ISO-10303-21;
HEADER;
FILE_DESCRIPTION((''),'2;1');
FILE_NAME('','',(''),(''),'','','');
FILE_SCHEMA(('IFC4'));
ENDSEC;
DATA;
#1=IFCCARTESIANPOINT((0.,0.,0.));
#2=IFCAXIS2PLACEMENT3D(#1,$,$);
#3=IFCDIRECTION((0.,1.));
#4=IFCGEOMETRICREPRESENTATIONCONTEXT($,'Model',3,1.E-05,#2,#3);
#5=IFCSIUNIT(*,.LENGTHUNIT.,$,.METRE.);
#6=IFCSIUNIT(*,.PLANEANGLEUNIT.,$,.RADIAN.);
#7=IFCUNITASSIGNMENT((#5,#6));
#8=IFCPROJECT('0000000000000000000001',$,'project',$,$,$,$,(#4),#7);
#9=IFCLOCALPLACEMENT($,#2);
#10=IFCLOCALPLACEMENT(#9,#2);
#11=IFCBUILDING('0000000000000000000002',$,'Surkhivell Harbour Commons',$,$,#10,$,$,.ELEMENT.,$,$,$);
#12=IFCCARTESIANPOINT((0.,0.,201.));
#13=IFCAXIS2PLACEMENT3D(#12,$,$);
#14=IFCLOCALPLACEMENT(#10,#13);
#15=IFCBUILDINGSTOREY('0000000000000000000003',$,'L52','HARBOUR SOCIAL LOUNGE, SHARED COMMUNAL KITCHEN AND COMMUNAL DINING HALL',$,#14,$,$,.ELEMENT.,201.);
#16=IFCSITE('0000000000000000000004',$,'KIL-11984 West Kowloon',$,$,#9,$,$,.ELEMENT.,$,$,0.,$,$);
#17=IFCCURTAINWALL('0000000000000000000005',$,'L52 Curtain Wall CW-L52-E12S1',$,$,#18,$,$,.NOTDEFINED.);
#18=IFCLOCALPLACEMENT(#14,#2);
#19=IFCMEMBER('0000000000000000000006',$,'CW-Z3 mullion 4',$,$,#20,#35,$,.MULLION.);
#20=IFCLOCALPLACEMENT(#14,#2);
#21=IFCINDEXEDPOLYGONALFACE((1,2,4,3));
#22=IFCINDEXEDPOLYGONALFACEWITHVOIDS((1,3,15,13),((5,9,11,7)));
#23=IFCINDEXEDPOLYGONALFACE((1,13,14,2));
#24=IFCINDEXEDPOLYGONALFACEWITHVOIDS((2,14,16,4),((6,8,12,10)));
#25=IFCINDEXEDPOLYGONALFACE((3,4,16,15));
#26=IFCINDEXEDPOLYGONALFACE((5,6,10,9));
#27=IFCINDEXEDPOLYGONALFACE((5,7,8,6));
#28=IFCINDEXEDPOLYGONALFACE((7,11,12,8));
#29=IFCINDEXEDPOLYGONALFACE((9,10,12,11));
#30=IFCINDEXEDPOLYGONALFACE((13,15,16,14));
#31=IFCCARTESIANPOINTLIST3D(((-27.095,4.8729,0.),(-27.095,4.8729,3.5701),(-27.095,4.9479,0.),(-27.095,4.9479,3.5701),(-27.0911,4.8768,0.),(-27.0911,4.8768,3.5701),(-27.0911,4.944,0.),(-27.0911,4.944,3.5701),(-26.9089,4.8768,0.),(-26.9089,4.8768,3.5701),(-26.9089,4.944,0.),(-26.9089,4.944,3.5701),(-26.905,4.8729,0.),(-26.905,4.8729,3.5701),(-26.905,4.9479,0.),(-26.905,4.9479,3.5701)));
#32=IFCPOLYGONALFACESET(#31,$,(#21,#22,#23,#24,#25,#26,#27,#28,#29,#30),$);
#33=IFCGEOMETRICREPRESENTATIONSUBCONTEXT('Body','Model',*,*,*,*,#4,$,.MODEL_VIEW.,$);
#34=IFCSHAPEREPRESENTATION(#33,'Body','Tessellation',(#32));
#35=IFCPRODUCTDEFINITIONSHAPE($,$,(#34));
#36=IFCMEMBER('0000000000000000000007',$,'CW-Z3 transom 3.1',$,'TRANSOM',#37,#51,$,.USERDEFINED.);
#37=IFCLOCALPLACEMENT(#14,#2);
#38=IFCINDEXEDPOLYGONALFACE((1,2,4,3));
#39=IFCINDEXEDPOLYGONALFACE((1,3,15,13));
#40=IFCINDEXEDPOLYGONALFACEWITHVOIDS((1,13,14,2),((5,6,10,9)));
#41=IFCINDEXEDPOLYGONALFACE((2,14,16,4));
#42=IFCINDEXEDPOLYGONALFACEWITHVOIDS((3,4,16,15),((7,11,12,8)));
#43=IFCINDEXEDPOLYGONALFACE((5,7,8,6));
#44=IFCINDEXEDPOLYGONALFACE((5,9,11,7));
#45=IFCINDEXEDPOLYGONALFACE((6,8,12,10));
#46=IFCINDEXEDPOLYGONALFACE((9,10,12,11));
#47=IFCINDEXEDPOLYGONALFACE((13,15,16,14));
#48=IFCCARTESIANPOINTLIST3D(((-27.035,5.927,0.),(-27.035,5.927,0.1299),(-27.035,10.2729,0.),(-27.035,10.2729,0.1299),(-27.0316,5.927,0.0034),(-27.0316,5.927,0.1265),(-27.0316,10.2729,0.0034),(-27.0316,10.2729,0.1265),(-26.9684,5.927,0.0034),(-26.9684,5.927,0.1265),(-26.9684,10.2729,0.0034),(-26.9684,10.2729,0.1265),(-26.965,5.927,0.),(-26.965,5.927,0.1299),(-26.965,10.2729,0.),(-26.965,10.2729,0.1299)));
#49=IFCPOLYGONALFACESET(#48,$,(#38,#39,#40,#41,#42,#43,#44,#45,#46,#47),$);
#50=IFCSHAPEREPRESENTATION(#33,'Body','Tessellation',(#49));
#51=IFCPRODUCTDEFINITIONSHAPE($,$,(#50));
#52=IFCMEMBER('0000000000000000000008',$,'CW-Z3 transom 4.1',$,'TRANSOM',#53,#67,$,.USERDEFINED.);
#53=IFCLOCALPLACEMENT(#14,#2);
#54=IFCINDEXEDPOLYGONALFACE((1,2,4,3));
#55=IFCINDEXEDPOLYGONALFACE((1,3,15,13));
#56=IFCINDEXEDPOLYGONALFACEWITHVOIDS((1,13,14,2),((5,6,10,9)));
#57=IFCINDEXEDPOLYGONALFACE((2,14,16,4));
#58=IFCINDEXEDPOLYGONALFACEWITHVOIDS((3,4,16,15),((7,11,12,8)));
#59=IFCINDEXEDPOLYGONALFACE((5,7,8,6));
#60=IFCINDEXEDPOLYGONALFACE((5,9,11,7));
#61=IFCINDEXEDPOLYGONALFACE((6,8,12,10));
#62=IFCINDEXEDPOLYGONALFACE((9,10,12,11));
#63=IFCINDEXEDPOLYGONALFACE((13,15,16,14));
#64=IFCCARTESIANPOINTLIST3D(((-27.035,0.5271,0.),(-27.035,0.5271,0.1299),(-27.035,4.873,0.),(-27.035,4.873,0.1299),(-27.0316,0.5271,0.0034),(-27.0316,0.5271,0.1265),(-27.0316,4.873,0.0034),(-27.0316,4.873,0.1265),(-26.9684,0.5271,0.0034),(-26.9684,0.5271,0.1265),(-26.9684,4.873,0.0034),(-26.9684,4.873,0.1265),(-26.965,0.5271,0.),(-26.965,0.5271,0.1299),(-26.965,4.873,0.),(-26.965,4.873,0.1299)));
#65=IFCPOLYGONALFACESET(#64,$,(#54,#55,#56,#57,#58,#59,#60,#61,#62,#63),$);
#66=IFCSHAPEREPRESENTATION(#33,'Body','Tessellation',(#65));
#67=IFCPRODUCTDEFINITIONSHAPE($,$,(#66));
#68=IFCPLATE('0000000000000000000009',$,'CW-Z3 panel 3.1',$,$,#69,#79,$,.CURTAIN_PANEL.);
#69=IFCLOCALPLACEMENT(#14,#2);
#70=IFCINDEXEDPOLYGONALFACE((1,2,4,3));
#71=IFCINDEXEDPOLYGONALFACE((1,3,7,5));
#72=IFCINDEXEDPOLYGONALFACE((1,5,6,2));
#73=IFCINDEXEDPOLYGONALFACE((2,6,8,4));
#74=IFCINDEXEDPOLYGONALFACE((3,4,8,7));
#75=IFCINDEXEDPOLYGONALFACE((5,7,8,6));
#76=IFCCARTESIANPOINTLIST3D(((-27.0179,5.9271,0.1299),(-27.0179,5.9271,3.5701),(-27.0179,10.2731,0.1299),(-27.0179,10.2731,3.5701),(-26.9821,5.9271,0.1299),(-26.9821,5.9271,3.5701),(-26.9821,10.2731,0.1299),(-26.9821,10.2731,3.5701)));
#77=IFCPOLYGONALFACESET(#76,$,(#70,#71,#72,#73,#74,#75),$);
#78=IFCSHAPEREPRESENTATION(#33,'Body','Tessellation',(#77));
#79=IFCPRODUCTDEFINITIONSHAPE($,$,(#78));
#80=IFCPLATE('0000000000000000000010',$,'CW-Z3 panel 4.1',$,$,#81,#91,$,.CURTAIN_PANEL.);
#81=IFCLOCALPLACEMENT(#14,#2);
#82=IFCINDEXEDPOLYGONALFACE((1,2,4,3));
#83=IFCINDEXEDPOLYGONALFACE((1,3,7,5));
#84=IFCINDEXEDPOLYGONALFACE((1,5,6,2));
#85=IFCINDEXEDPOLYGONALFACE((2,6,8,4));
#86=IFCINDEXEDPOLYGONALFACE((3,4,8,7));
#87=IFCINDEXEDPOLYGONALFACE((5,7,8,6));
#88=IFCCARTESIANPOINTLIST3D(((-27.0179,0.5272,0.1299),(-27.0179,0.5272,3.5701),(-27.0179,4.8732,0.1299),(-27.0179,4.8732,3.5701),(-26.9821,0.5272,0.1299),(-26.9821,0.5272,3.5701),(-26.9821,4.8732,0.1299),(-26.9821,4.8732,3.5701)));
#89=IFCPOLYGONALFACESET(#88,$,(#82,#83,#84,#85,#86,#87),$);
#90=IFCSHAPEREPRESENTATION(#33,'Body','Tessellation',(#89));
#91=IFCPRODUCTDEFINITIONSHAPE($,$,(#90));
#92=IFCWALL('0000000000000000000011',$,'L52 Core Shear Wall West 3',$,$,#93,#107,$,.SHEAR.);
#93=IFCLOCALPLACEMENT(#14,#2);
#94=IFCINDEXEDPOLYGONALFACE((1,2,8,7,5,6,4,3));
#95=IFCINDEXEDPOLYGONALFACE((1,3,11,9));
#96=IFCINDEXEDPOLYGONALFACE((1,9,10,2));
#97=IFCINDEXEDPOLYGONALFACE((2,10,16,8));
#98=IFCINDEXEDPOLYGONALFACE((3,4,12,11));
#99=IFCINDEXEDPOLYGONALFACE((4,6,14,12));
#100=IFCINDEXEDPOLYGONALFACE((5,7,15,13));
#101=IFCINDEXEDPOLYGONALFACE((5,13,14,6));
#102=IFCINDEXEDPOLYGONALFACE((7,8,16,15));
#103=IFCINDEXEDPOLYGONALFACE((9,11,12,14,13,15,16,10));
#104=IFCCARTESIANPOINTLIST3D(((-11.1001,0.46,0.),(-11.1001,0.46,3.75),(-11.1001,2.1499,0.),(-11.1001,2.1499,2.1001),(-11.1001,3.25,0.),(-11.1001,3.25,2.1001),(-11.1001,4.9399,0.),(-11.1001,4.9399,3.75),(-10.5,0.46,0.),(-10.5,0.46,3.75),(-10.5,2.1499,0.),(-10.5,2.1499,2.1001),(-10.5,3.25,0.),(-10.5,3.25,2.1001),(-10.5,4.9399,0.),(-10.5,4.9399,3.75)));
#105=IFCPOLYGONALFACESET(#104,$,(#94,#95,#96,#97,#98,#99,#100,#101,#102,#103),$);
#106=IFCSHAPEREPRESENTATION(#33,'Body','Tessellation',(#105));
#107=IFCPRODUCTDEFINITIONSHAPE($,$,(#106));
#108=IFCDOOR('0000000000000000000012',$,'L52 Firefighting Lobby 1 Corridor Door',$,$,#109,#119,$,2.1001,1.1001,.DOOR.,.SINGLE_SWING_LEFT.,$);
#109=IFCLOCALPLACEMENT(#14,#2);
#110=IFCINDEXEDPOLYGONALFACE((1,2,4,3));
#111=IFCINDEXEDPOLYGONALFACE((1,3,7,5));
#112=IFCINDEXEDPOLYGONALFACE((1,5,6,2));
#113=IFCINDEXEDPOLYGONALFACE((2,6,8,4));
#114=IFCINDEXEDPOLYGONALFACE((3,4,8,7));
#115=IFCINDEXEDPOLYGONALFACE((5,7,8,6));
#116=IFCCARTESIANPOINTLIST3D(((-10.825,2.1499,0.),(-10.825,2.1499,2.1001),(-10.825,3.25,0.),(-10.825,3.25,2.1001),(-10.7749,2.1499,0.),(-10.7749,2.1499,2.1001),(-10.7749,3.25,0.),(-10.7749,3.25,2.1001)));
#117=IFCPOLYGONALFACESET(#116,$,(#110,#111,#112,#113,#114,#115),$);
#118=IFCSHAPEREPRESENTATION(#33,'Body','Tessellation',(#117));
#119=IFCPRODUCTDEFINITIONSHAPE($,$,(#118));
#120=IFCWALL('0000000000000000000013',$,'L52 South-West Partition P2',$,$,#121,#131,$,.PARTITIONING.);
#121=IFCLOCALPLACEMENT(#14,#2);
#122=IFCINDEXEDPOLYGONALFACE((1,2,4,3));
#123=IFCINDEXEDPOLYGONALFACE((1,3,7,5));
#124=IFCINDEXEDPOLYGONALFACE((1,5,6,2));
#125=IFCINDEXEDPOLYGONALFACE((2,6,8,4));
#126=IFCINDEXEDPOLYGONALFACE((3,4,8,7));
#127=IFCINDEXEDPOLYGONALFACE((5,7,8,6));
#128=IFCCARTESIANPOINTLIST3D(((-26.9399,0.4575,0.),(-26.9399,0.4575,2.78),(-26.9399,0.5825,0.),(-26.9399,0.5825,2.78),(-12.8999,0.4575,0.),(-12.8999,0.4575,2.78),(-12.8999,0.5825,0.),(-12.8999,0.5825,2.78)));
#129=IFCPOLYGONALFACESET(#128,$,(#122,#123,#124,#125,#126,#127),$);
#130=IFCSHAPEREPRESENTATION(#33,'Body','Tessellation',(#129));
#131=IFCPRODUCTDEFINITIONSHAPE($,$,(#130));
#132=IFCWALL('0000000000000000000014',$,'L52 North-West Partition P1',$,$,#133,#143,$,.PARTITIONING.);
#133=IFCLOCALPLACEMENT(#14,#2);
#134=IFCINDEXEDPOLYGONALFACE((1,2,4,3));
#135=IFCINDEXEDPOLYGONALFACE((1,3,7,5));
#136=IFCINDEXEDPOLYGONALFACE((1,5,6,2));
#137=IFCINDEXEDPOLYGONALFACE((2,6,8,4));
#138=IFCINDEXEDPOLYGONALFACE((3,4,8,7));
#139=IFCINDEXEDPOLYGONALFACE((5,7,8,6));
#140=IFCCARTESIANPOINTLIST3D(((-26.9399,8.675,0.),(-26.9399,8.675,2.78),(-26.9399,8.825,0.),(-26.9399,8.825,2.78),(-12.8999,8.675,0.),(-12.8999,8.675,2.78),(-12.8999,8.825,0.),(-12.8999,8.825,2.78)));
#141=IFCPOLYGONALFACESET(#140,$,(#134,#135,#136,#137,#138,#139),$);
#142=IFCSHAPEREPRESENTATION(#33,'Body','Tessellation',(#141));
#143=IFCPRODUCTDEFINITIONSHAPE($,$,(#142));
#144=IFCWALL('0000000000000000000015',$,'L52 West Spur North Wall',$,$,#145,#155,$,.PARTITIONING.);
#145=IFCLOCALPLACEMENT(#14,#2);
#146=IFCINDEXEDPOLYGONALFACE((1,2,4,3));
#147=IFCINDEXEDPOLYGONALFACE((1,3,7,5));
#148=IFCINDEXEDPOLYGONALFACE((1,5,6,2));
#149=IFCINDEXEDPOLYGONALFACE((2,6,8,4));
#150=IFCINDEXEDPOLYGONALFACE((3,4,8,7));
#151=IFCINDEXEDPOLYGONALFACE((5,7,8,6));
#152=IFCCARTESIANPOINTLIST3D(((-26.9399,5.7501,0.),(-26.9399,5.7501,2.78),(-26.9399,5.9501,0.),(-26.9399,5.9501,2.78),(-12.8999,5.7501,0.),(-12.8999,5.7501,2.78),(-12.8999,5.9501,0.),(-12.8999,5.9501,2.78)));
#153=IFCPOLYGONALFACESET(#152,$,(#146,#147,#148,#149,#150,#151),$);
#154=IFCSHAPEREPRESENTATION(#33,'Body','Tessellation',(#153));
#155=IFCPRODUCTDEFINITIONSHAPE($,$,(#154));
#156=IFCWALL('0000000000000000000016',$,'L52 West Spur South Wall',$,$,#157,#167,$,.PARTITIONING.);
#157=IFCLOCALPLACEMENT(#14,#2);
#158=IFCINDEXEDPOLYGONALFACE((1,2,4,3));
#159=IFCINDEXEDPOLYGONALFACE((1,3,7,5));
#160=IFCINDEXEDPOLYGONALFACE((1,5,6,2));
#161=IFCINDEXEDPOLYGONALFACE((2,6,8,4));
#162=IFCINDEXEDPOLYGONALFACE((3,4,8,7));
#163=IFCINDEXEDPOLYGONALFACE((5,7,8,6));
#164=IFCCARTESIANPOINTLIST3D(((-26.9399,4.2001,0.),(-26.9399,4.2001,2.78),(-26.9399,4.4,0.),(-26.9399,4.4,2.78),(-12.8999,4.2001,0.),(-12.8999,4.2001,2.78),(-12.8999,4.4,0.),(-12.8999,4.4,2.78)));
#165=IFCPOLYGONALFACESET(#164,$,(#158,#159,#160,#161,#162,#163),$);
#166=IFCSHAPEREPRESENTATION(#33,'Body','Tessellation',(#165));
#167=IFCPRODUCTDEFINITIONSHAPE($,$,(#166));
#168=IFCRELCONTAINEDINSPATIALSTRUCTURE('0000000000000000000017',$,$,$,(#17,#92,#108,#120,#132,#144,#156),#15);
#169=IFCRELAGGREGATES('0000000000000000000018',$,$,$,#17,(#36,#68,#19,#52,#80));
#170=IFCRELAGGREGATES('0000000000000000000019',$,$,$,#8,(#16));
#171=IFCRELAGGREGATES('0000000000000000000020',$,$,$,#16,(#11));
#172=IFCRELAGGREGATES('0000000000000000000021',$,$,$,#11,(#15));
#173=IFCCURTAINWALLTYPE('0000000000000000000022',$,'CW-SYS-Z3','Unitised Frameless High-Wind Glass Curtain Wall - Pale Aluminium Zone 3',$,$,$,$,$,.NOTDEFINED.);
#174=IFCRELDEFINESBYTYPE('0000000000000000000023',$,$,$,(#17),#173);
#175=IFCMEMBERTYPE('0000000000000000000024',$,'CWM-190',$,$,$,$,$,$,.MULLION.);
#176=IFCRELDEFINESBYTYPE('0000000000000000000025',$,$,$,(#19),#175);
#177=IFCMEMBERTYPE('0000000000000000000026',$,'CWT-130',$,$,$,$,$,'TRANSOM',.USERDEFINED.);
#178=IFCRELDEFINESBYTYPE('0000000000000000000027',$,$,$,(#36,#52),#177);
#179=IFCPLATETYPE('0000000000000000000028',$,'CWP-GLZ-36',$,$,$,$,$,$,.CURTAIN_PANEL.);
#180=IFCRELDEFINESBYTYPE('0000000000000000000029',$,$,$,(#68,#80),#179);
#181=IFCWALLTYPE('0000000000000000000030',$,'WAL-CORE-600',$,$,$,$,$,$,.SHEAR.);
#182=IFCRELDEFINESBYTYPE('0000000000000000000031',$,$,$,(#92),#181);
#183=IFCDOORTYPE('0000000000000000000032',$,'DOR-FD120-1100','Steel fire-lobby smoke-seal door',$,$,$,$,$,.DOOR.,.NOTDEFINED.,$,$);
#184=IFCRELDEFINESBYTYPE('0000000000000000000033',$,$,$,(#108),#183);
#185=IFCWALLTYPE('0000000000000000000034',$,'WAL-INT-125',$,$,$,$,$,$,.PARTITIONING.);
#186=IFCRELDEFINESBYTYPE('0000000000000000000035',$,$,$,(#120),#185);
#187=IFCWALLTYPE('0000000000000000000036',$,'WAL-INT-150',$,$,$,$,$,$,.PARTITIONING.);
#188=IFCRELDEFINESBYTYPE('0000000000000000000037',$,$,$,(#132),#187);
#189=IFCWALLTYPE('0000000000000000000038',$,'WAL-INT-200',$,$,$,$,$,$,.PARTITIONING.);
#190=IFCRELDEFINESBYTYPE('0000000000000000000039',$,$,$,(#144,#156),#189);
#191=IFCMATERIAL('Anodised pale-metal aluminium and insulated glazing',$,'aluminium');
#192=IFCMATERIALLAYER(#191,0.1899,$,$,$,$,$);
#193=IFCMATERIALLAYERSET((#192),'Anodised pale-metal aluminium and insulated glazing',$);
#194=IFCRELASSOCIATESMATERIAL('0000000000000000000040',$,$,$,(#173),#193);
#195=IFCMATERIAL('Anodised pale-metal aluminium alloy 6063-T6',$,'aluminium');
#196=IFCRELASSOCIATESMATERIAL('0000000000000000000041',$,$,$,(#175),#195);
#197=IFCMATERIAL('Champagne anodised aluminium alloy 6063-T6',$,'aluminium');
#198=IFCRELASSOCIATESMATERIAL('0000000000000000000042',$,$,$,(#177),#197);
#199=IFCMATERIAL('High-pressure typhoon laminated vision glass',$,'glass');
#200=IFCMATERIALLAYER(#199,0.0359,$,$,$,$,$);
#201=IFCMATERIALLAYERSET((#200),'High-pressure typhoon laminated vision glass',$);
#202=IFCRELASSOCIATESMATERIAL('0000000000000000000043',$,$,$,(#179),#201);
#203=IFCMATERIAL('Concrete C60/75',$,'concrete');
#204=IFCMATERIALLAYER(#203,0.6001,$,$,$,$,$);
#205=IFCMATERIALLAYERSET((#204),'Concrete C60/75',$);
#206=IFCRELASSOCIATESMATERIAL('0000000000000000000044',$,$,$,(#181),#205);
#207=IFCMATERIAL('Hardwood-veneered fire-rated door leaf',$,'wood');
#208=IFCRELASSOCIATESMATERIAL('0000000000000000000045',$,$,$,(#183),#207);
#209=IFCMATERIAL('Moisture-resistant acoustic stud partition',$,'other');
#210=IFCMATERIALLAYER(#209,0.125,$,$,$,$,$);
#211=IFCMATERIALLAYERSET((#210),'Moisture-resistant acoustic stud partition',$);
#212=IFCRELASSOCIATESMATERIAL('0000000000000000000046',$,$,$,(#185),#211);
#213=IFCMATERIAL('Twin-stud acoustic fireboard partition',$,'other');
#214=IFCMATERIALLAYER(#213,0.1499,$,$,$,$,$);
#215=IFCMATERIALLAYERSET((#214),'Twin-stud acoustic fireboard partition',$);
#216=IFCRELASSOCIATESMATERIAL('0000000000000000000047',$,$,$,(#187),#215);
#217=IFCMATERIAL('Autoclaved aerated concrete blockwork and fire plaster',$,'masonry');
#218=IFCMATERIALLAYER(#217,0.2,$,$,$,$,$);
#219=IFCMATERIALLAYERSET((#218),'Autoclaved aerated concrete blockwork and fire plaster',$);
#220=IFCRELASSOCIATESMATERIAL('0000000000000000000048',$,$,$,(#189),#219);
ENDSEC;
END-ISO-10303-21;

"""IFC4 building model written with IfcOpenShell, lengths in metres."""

from ifc_helpers import new_model, si_unit, direction, frame, frame_2d, origin, origin_2d, place, context, subcontext, project, spatial, rectangle, hollow_rectangle, extrude, material, layer, layer_set, material_profile, profile_set, type_object, element, fill, aggregate, save


model = new_model("IFC4")

# Units and contexts
model_context = context("Model", 3, precision=1e-05, world=origin(), true_north=direction((0.0, 1.0)))
body_context = subcontext(model_context, "Body", "Model", "MODEL_VIEW")
ifc_project = project(units=[si_unit("LENGTHUNIT", "METRE"), si_unit("PLANEANGLEUNIT", "RADIAN")], contexts=[model_context])

# Site, building, storey
site_placement = place(None, origin())
site = spatial("IfcSite", under=ifc_project, at=site_placement, Name="KIL-11984 West Kowloon", CompositionType="ELEMENT", RefElevation=0.0)
building_placement = place(site_placement, origin())
building = spatial("IfcBuilding", under=site, at=building_placement, Name="Surkhivell Harbour Commons", CompositionType="ELEMENT")
storey_placement = place(building_placement, frame((0.0, 0.0, 201.0)))
storey = spatial("IfcBuildingStorey", under=building, at=storey_placement, Name="L52", Description="HARBOUR SOCIAL LOUNGE, SHARED COMMUNAL KITCHEN AND COMMUNAL DINING HALL", CompositionType="ELEMENT", Elevation=201.0)

# Shared definitions
ifc_material_1 = material(Name="Concrete C60/75", Category="concrete")

# Curtain wall, members, plates
ifc_material_2 = material(Name="Anodised pale-metal aluminium and insulated glazing", Category="aluminium")
ifc_layer_1 = layer(ifc_material_2, 0.1899)
ifc_layer_set_1 = layer_set([ifc_layer_1], Name="Anodised pale-metal aluminium and insulated glazing")
curtain_wall_type = type_object("IfcCurtainWallType", Name="CW-SYS-Z3", Description="Unitised Frameless High-Wind Glass Curtain Wall - Pale Aluminium Zone 3", PredefinedType="NOTDEFINED", material=ifc_layer_set_1)
curtain_wall_placement = place(storey_placement, origin())
curtain_wall = element("IfcCurtainWall", 1, at=curtain_wall_placement, inside=storey, type_object=curtain_wall_type, Name="L52 Curtain Wall CW-L52-E12S1", PredefinedType="NOTDEFINED")
ifc_material_3 = material(Name="Anodised pale-metal aluminium alloy 6063-T6", Category="aluminium")
ifc_material_profile_1 = material_profile(ifc_material_3, hollow_rectangle(XDim=0.075, YDim=0.1899, WallThickness=0.0039, at=origin_2d()), Name="ALU-MULL-75x190")
ifc_profile_set_1 = profile_set([ifc_material_profile_1], Name="Anodised pale-metal aluminium alloy 6063-T6")
member_type_1 = type_object("IfcMemberType", Name="CWM-190", PredefinedType="MULLION", material=ifc_profile_set_1)
member_1_placement = place(storey_placement, frame((-27.0, 4.9104, 0.0), z_axis=(0.0, 0.0, 1.0), x_axis=(0.0, -1.0, 0.0)))
member_1 = element("IfcMember", 2, at=member_1_placement, type_object=member_type_1, Name="CW-Z3 mullion 4", PredefinedType="MULLION", context=body_context, shape_type="SweptSolid", body=[
    extrude(hollow_rectangle(XDim=0.075, YDim=0.1899, WallThickness=0.0039, at=origin_2d()), origin(), (0.0, 0.0, 1.0), 3.5701),
])
ifc_material_4 = material(Name="Champagne anodised aluminium alloy 6063-T6", Category="aluminium")
ifc_material_profile_2 = material_profile(ifc_material_4, hollow_rectangle(XDim=0.0701, YDim=0.1299, WallThickness=0.0034, at=origin_2d()), Name="ALU-TRAN-70x130")
ifc_profile_set_2 = profile_set([ifc_material_profile_2], Name="Champagne anodised aluminium alloy 6063-T6")
member_type_2 = type_object("IfcMemberType", Name="CWT-130", ElementType="TRANSOM", PredefinedType="USERDEFINED", material=ifc_profile_set_2)
member_2_placement = place(storey_placement, frame((-27.0, 10.2729, 0.0649), z_axis=(0.0, -1.0, 0.0), x_axis=(1.0, 0.0, 0.0)))
member_2 = element("IfcMember", 3, at=member_2_placement, type_object=member_type_2, Name="CW-Z3 transom 3.1", ObjectType="TRANSOM", PredefinedType="USERDEFINED", context=body_context, shape_type="SweptSolid", body=[
    extrude(hollow_rectangle(XDim=0.0701, YDim=0.1299, WallThickness=0.0034, at=origin_2d()), origin(), (0.0, 0.0, 1.0), 4.3459),
])
member_3_placement = place(storey_placement, frame((-27.0, 4.873, 0.0649), z_axis=(0.0, -1.0, 0.0), x_axis=(1.0, 0.0, 0.0)))
member_3 = element("IfcMember", 4, at=member_3_placement, type_object=member_type_2, Name="CW-Z3 transom 4.1", ObjectType="TRANSOM", PredefinedType="USERDEFINED", context=body_context, shape_type="SweptSolid", body=[
    extrude(hollow_rectangle(XDim=0.0701, YDim=0.1299, WallThickness=0.0034, at=origin_2d()), origin(), (0.0, 0.0, 1.0), 4.3459),
])
ifc_material_5 = material(Name="High-pressure typhoon laminated vision glass", Category="glass")
ifc_layer_2 = layer(ifc_material_5, 0.0359)
ifc_layer_set_2 = layer_set([ifc_layer_2], Name="High-pressure typhoon laminated vision glass")
plate_type = type_object("IfcPlateType", Name="CWP-GLZ-36", PredefinedType="CURTAIN_PANEL", material=ifc_layer_set_2)
plate_1_placement = place(storey_placement, frame((-27.0, 10.2729, 0.1299), z_axis=(0.0, 0.0, 1.0), x_axis=(0.0, -1.0, 0.0)))
plate_1 = element("IfcPlate", 5, at=plate_1_placement, type_object=plate_type, Name="CW-Z3 panel 3.1", PredefinedType="CURTAIN_PANEL", context=body_context, shape_type="SweptSolid", body=[
    extrude(rectangle(XDim=4.3459, YDim=0.0359, at=frame_2d((2.1729, 0.0))), origin(), (0.0, 0.0, 1.0), 3.4402),
])
plate_2_placement = place(storey_placement, frame((-27.0, 4.873, 0.1299), z_axis=(0.0, 0.0, 1.0), x_axis=(0.0, -1.0, 0.0)))
plate_2 = element("IfcPlate", 6, at=plate_2_placement, type_object=plate_type, Name="CW-Z3 panel 4.1", PredefinedType="CURTAIN_PANEL", context=body_context, shape_type="SweptSolid", body=[
    extrude(rectangle(XDim=4.3459, YDim=0.0359, at=frame_2d((2.1729, 0.0))), origin(), (0.0, 0.0, 1.0), 3.4402),
])
aggregate(curtain_wall, [member_2, plate_1, member_1, member_3, plate_2])

# Wall, opening, door
ifc_layer_3 = layer(ifc_material_1, 0.6001)
ifc_layer_set_3 = layer_set([ifc_layer_3], Name="Concrete C60/75")
wall_type_1 = type_object("IfcWallType", Name="WAL-CORE-600", PredefinedType="SHEAR", material=ifc_layer_set_3)
wall_1_placement = place(storey_placement, frame((-10.8, 0.46, 0.0), z_axis=(0.0, 0.0, 1.0), x_axis=(0.0, 1.0, 0.0)))
wall_1 = element("IfcWall", 7, at=wall_1_placement, inside=storey, type_object=wall_type_1, Name="L52 Core Shear Wall West 3", PredefinedType="SHEAR", context=body_context, shape_type="SweptSolid", body=[
    extrude(rectangle(XDim=4.48, YDim=0.6001, at=frame_2d((2.24, 0.0))), origin(), (0.0, 0.0, 1.0), 3.75),
])
opening_1_placement = place(wall_1_placement, frame((1.6899, 0.0, 0.0)))
opening_1 = element("IfcOpeningElement", 8, at=opening_1_placement, cuts=wall_1, PredefinedType="OPENING", context=body_context, shape_type="SweptSolid", body=[
    extrude(rectangle(XDim=1.1001, YDim=2.1001, at=frame_2d((0.55, 1.05))), frame((0.0, 0.3101, 0.0), z_axis=(0.0, -1.0, 0.0), x_axis=(1.0, 0.0, 0.0)), (0.0, 0.0, 1.0), 0.6201),
])
ifc_material_6 = material(Name="Hardwood-veneered fire-rated door leaf", Category="wood")
door_type_1 = type_object("IfcDoorType", Name="DOR-FD120-1100", Description="Steel fire-lobby smoke-seal door", OperationType="NOTDEFINED", PredefinedType="DOOR", material=ifc_material_6)
door_1_placement = place(opening_1_placement, origin())
door_1 = element("IfcDoor", 9, at=door_1_placement, inside=storey, type_object=door_type_1, Name="L52 Firefighting Lobby 1 Corridor Door", OperationType="SINGLE_SWING_LEFT", OverallHeight=2.1001, OverallWidth=1.1001, PredefinedType="DOOR", context=body_context, shape_type="SweptSolid", body=[
    extrude(rectangle(XDim=1.1001, YDim=2.1001, at=frame_2d((0.55, 1.05))), frame((0.0, 0.0249, 0.0), z_axis=(0.0, -1.0, 0.0), x_axis=(1.0, 0.0, 0.0)), (0.0, 0.0, 1.0), 0.05),
])
fill(opening_1, door_1)

# Walls
ifc_material_7 = material(Name="Moisture-resistant acoustic stud partition", Category="other")
ifc_layer_4 = layer(ifc_material_7, 0.125)
ifc_layer_set_4 = layer_set([ifc_layer_4], Name="Moisture-resistant acoustic stud partition")
wall_type_2 = type_object("IfcWallType", Name="WAL-INT-125", PredefinedType="PARTITIONING", material=ifc_layer_set_4)
wall_2_placement = place(storey_placement, frame((-26.9399, 0.52, 0.0), z_axis=(0.0, 0.0, 1.0), x_axis=(1.0, 0.0, 0.0)))
element("IfcWall", 10, at=wall_2_placement, inside=storey, type_object=wall_type_2, Name="L52 South-West Partition P2", PredefinedType="PARTITIONING", context=body_context, shape_type="SweptSolid", body=[
    extrude(rectangle(XDim=14.04, YDim=0.125, at=frame_2d((7.02, 0.0))), origin(), (0.0, 0.0, 1.0), 2.78),
])
ifc_material_8 = material(Name="Twin-stud acoustic fireboard partition", Category="other")
ifc_layer_5 = layer(ifc_material_8, 0.1499)
ifc_layer_set_5 = layer_set([ifc_layer_5], Name="Twin-stud acoustic fireboard partition")
wall_type_3 = type_object("IfcWallType", Name="WAL-INT-150", PredefinedType="PARTITIONING", material=ifc_layer_set_5)
wall_3_placement = place(storey_placement, frame((-26.9399, 8.75, 0.0), z_axis=(0.0, 0.0, 1.0), x_axis=(1.0, 0.0, 0.0)))
element("IfcWall", 11, at=wall_3_placement, inside=storey, type_object=wall_type_3, Name="L52 North-West Partition P1", PredefinedType="PARTITIONING", context=body_context, shape_type="SweptSolid", body=[
    extrude(rectangle(XDim=14.04, YDim=0.1499, at=frame_2d((7.02, 0.0))), origin(), (0.0, 0.0, 1.0), 2.78),
])
ifc_material_9 = material(Name="Autoclaved aerated concrete blockwork and fire plaster", Category="masonry")
ifc_layer_6 = layer(ifc_material_9, 0.2)
ifc_layer_set_6 = layer_set([ifc_layer_6], Name="Autoclaved aerated concrete blockwork and fire plaster")
wall_type_4 = type_object("IfcWallType", Name="WAL-INT-200", PredefinedType="PARTITIONING", material=ifc_layer_set_6)
for number, where, z_axis, x_axis, name in (
    (12, (-26.9399, 5.8501, 0.0), (0.0, 0.0, 1.0), (1.0, 0.0, 0.0), "L52 West Spur North Wall"),
    (13, (-26.9399, 4.3, 0.0), (0.0, 0.0, 1.0), (1.0, 0.0, 0.0), "L52 West Spur South Wall"),
):
    element("IfcWall", number, at=place(storey_placement, frame(where, z_axis=z_axis, x_axis=x_axis)), inside=storey, type_object=wall_type_4, Name=name, PredefinedType="PARTITIONING", context=body_context, shape_type="SweptSolid", body=[
        extrude(rectangle(XDim=14.04, YDim=0.2, at=frame_2d((7.02, 0.0))), origin(), (0.0, 0.0, 1.0), 2.78),
    ])

save(model, "model.ifc")
